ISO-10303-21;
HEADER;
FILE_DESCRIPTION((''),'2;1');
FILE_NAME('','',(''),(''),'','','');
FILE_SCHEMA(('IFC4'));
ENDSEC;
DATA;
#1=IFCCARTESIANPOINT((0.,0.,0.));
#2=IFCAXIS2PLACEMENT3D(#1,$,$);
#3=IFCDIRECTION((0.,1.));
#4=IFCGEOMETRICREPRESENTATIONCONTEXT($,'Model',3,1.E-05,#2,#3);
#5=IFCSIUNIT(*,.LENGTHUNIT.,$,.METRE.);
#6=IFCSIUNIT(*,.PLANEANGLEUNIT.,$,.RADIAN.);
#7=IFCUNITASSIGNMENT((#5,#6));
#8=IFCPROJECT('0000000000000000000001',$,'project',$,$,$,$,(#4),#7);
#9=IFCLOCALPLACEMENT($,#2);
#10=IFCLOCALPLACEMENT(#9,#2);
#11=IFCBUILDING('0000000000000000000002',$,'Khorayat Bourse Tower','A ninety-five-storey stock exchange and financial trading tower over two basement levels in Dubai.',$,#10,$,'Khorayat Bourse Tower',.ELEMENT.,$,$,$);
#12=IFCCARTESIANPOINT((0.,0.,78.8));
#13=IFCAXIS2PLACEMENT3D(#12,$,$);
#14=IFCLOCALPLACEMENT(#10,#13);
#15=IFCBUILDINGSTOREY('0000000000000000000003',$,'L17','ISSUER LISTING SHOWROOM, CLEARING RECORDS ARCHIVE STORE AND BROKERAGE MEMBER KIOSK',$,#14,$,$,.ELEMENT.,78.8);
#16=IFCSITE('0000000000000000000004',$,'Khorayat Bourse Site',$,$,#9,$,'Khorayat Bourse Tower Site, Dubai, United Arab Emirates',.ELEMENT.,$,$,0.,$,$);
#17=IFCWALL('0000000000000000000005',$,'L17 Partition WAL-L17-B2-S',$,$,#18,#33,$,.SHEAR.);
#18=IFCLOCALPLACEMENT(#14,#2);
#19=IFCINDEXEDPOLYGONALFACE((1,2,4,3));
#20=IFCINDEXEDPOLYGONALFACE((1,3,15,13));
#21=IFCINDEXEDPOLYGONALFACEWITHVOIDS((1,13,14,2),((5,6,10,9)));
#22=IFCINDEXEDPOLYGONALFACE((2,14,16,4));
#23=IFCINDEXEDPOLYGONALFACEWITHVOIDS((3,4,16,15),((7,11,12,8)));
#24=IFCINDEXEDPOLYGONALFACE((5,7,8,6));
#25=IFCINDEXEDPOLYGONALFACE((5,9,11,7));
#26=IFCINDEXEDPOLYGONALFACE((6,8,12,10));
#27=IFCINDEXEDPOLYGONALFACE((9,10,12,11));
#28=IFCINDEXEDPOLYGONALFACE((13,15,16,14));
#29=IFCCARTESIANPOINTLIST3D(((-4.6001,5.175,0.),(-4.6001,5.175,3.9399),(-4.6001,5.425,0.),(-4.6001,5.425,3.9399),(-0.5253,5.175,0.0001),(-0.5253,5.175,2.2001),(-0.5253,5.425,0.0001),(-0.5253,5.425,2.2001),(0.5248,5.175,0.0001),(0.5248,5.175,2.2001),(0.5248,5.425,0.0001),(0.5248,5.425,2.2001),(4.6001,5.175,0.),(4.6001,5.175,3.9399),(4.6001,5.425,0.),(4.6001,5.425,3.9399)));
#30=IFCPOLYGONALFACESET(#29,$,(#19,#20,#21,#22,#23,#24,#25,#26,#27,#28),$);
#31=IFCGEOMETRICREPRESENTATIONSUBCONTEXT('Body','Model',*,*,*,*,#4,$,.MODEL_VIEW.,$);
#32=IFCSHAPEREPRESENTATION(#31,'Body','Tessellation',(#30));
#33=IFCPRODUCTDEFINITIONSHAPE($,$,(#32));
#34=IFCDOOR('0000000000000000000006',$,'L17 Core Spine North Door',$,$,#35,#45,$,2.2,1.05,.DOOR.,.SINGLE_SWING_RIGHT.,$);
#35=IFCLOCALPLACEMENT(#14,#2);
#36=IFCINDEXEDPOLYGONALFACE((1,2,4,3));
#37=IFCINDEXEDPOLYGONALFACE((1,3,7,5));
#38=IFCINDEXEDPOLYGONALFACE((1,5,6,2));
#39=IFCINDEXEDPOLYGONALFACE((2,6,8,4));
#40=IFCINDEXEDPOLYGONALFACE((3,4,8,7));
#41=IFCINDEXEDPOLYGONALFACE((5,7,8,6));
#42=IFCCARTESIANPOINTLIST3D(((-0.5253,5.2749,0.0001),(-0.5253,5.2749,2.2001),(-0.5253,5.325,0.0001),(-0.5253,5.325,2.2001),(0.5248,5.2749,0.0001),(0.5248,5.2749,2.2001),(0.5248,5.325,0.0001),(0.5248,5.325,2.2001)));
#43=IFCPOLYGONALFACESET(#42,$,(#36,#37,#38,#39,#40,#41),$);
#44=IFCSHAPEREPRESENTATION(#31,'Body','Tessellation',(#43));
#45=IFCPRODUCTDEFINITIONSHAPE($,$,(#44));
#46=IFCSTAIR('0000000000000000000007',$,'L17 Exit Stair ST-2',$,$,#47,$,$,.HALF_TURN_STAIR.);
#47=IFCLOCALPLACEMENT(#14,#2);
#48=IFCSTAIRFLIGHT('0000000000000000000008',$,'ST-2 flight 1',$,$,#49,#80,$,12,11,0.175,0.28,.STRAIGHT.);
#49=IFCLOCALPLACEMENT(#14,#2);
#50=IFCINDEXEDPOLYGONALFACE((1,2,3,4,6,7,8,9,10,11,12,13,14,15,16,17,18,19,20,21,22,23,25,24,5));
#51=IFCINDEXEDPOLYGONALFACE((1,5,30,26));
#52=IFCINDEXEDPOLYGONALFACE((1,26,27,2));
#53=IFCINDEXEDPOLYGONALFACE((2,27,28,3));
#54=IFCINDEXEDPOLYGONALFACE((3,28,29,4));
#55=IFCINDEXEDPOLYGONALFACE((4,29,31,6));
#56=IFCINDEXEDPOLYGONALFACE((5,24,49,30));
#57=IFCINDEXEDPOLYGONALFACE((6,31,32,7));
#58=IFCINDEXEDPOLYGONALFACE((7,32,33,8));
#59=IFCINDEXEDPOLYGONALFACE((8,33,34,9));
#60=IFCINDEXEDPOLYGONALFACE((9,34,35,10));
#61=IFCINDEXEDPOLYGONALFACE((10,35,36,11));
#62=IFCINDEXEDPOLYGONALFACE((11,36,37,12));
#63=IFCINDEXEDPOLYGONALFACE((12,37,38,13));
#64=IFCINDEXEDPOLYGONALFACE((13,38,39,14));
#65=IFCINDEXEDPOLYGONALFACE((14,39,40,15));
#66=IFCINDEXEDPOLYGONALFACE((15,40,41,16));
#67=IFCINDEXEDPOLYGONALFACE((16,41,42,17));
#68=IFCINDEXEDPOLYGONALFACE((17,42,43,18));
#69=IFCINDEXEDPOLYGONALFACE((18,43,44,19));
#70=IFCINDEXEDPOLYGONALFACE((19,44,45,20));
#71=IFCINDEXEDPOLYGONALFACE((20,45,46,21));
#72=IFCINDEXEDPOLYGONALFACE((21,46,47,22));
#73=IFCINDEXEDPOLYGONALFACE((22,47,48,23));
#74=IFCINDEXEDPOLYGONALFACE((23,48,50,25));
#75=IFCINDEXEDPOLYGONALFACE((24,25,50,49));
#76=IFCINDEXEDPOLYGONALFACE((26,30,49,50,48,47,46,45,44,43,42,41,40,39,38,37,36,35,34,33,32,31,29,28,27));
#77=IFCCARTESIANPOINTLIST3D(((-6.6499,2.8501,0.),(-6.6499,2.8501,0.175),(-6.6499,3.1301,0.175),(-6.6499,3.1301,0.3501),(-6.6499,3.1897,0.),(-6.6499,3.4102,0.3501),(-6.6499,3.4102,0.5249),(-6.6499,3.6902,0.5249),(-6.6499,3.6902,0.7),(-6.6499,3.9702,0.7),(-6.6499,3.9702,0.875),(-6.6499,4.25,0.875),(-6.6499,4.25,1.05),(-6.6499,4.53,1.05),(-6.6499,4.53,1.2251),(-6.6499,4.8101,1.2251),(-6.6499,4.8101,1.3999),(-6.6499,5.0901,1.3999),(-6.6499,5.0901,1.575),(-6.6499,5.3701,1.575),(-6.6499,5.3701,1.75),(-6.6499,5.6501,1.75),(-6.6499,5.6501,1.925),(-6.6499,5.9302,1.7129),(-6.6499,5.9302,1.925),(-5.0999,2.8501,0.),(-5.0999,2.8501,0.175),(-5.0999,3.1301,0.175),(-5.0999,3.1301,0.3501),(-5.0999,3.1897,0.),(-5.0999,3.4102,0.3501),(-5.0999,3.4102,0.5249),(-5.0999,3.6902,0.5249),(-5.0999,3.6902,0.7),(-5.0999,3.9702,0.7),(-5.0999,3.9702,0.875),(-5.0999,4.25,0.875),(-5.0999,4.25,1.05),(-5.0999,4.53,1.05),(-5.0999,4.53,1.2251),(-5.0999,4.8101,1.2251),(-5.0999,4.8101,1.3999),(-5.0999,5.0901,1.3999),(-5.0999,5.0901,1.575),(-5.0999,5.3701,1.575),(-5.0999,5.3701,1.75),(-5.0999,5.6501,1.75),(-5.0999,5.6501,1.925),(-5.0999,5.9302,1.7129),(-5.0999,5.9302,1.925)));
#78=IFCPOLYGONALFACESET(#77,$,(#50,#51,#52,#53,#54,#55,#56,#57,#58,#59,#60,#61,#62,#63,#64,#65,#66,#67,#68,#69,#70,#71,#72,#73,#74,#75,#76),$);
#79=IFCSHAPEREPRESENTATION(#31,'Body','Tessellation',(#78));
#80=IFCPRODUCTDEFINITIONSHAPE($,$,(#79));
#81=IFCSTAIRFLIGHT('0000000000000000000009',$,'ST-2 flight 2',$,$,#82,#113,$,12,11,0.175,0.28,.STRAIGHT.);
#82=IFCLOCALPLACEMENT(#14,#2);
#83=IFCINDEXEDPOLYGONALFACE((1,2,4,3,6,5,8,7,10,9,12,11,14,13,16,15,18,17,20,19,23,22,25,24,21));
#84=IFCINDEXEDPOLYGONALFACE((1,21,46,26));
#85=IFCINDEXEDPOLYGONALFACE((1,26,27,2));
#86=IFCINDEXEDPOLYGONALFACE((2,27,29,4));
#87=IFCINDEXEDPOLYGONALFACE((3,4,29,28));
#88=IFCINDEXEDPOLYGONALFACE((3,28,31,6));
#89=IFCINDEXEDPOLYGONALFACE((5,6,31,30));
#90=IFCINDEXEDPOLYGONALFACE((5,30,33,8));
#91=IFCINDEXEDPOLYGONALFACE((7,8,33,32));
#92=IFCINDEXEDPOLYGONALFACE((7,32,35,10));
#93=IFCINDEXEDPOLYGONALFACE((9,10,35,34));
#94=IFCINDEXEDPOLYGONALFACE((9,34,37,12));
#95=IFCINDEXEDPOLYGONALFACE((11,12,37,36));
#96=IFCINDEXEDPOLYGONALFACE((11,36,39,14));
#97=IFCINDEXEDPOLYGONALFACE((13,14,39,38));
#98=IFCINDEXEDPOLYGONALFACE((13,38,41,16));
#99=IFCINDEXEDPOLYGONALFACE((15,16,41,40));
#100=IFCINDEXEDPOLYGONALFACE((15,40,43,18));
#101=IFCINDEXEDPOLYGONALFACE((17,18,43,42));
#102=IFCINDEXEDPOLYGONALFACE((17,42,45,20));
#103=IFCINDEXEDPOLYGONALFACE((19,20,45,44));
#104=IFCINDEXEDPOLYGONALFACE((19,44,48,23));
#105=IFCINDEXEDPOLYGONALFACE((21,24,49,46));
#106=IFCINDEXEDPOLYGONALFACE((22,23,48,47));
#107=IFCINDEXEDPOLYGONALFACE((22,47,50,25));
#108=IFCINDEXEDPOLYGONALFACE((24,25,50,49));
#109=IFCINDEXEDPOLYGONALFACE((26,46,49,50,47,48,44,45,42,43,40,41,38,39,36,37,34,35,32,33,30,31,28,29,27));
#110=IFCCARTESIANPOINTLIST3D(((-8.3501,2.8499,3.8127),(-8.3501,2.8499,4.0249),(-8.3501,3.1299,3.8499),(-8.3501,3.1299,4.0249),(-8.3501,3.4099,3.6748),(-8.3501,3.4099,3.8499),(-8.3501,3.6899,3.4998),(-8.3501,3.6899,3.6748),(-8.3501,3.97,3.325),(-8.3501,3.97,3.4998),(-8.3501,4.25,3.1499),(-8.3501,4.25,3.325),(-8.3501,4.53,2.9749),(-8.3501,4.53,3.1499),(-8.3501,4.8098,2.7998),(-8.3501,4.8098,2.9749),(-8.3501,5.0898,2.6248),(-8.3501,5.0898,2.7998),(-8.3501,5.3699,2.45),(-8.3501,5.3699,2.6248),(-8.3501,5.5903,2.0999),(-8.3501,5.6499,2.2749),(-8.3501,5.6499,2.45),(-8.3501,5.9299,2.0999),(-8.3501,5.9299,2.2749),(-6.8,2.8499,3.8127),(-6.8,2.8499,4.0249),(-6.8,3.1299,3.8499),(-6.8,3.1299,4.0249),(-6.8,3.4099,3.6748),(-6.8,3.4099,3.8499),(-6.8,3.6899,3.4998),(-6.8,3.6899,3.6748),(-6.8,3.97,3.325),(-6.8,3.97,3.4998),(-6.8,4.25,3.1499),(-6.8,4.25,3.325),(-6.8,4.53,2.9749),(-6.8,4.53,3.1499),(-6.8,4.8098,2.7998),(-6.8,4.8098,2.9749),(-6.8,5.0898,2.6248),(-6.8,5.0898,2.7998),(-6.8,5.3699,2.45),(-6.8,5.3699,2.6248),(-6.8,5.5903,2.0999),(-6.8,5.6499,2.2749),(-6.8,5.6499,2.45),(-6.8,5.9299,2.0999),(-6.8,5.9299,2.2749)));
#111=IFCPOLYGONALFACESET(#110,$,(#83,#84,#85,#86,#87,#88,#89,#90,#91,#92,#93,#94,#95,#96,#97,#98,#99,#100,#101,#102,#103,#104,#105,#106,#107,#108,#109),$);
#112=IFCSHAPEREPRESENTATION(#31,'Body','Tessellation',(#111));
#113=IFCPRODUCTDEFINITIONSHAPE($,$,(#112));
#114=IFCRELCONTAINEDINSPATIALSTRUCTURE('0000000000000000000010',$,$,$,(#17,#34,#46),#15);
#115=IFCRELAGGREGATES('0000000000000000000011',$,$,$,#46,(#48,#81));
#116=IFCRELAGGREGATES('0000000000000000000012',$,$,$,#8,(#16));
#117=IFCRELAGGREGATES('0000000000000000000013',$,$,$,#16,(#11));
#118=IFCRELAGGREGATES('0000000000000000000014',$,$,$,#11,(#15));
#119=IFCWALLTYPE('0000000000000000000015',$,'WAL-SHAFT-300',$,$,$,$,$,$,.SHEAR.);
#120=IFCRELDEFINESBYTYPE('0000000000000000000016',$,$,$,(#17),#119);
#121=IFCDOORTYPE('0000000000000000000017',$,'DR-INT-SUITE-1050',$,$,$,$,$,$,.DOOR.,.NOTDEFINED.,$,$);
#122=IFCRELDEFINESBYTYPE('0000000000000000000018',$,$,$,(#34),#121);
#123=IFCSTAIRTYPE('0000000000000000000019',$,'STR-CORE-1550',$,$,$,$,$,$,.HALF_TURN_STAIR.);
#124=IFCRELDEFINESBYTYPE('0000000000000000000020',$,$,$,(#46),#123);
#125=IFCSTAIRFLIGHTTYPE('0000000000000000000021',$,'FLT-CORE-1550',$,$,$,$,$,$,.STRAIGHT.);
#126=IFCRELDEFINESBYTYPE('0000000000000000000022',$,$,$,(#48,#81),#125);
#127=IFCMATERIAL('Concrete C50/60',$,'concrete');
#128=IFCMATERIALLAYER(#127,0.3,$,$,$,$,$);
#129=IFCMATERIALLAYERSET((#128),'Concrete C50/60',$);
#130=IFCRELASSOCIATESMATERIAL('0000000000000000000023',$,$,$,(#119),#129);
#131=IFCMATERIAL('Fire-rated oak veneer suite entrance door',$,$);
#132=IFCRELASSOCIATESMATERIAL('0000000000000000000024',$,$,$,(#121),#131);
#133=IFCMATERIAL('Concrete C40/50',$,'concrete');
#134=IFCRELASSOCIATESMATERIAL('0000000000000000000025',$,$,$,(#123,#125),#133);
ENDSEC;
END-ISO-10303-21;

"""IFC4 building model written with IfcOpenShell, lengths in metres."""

from ifc_helpers import new_model, si_unit, direction, frame, frame_2d, origin, place, context, subcontext, project, spatial, polyline, rectangle, outline, extrude, source, transform, mapped, material, layer, layer_set, type_object, element, fill, aggregate, save


model = new_model("IFC4")

# Units and contexts
model_context = context("Model", 3, precision=1e-05, world=origin(), true_north=direction((0.0, 1.0)))
body_context = subcontext(model_context, "Body", "Model", "MODEL_VIEW")
ifc_project = project(units=[si_unit("LENGTHUNIT", "METRE"), si_unit("PLANEANGLEUNIT", "RADIAN")], contexts=[model_context])

# Site, building, storey
site_placement = place(None, origin())
site = spatial("IfcSite", under=ifc_project, at=site_placement, Name="Khorayat Bourse Site", LongName="Khorayat Bourse Tower Site, Dubai, United Arab Emirates", CompositionType="ELEMENT", RefElevation=0.0)
building_placement = place(site_placement, origin())
building = spatial("IfcBuilding", under=site, at=building_placement, Name="Khorayat Bourse Tower", Description="A ninety-five-storey stock exchange and financial trading tower over two basement levels in Dubai.", LongName="Khorayat Bourse Tower", CompositionType="ELEMENT")
storey_placement = place(building_placement, frame((0.0, 0.0, 78.8)))
storey = spatial("IfcBuildingStorey", under=building, at=storey_placement, Name="L17", Description="ISSUER LISTING SHOWROOM, CLEARING RECORDS ARCHIVE STORE AND BROKERAGE MEMBER KIOSK", CompositionType="ELEMENT", Elevation=78.8)

# Shared definitions
ifc_material_1 = material(Name="Concrete C50/60", Category="concrete")
ifc_layer_1 = layer(ifc_material_1, 0.3)
ifc_layer_set_1 = layer_set([ifc_layer_1], Name="Concrete C50/60")
wall_type_1 = type_object("IfcWallType", Name="WAL-SHAFT-300", PredefinedType="SHEAR", material=ifc_layer_set_1)

# Wall, opening, door
shared_shape_1 = source(origin(), body_context, "Body", "SweptSolid", [
    extrude(rectangle(XDim=9.2002, YDim=0.25, at=frame_2d((4.6001, 0.0))), origin(), (0.0, 0.0, 1.0), 3.9399),
])
wall_1_placement = place(storey_placement, frame((-4.6001, 5.3, 0.0), z_axis=(0.0, 0.0, 1.0), x_axis=(1.0, 0.0, 0.0)))
wall_1 = element("IfcWall", 1, at=wall_1_placement, inside=storey, type_object=wall_type_1, Name="L17 Partition WAL-L17-B2-S", PredefinedType="SHEAR", context=body_context, shape_type="MappedRepresentation", body=[
    mapped(shared_shape_1, transform((0.0, 0.0, 0.0), scale=1.0)),
])
shared_shape_2 = source(origin(), body_context, "Body", "SweptSolid", [
    extrude(rectangle(XDim=1.05, YDim=2.2, at=frame_2d((0.5249, 1.1001))), frame((0.0, 0.135, 0.0), z_axis=(0.0, -1.0, 0.0), x_axis=(1.0, 0.0, 0.0)), (0.0, 0.0, 1.0), 0.27),
])
opening_placement = place(wall_1_placement, frame((4.075, 0.0, 0.0)))
opening = element("IfcOpeningElement", 2, at=opening_placement, cuts=wall_1, PredefinedType="OPENING", context=body_context, shape_type="MappedRepresentation", body=[
    mapped(shared_shape_2, transform((0.0, 0.0, 0.0), scale=1.0)),
])
ifc_material_2 = material(Name="Fire-rated oak veneer suite entrance door")
door_type = type_object("IfcDoorType", Name="DR-INT-SUITE-1050", OperationType="NOTDEFINED", PredefinedType="DOOR", material=ifc_material_2)
shared_shape_3 = source(origin(), body_context, "Body", "SweptSolid", [
    extrude(rectangle(XDim=1.05, YDim=2.2, at=frame_2d((0.5249, 1.1001))), frame((0.0, 0.0249, 0.0), z_axis=(0.0, -1.0, 0.0), x_axis=(1.0, 0.0, 0.0)), (0.0, 0.0, 1.0), 0.05),
])
door_placement = place(opening_placement, origin())
door = element("IfcDoor", 3, at=door_placement, inside=storey, type_object=door_type, Name="L17 Core Spine North Door", OperationType="SINGLE_SWING_RIGHT", OverallHeight=2.2, OverallWidth=1.05, PredefinedType="DOOR", context=body_context, shape_type="MappedRepresentation", body=[
    mapped(shared_shape_3, transform((0.0, 0.0, 0.0), scale=1.0)),
])
fill(opening, door)

# Stair, stair flights
ifc_material_3 = material(Name="Concrete C40/50", Category="concrete")
stair_type = type_object("IfcStairType", Name="STR-CORE-1550", PredefinedType="HALF_TURN_STAIR", material=ifc_material_3)
stair_placement = place(storey_placement, origin())
stair = element("IfcStair", 4, at=stair_placement, inside=storey, type_object=stair_type, Name="L17 Exit Stair ST-2", PredefinedType="HALF_TURN_STAIR")
stair_flight_type = type_object("IfcStairFlightType", Name="FLT-CORE-1550", PredefinedType="STRAIGHT", material=ifc_material_3)
shared_shape_4 = source(origin(), body_context, "Body", "SweptSolid", [
    extrude(outline(polyline([(0.0, 0.0), (0.0, 0.175), (0.28, 0.175), (0.28, 0.3501), (0.5601, 0.3501), (0.5601, 0.5249), (0.8401, 0.5249), (0.8401, 0.7), (1.1201, 0.7), (1.1201, 0.875), (1.3999, 0.875), (1.3999, 1.05), (1.6799, 1.05), (1.6799, 1.2251), (1.96, 1.2251), (1.96, 1.3999), (2.24, 1.3999), (2.24, 1.575), (2.52, 1.575), (2.52, 1.75), (2.8, 1.75), (2.8, 1.925), (3.0801, 1.925), (3.0801, 2.1001), (3.0801, 1.7129), (0.3396, 0.0), (0.0, 0.0)])), frame((0.0, 0.7749, 0.0), z_axis=(0.0, -1.0, 0.0), x_axis=(1.0, 0.0, 0.0)), (0.0, 0.0, 1.0), 1.55),
])
stair_flight_1_placement = place(storey_placement, frame((-5.875, 2.8501, 0.0), z_axis=(0.0, 0.0, 1.0), x_axis=(0.0, 1.0, 0.0)))
stair_flight_1 = element("IfcStairFlight", 5, at=stair_flight_1_placement, type_object=stair_flight_type, Name="ST-2 flight 1", NumberOfRisers=12, NumberOfTreads=11, PredefinedType="STRAIGHT", RiserHeight=0.175, TreadLength=0.28, context=body_context, shape_type="MappedRepresentation", body=[
    mapped(shared_shape_4, transform((0.0, 0.0, 0.0), scale=1.0)),
])
stair_flight_2_placement = place(storey_placement, frame((-7.575, 5.9299, 2.0999), z_axis=(0.0, 0.0, 1.0), x_axis=(0.0, -1.0, 0.0)))
stair_flight_2 = element("IfcStairFlight", 6, at=stair_flight_2_placement, type_object=stair_flight_type, Name="ST-2 flight 2", NumberOfRisers=12, NumberOfTreads=11, PredefinedType="STRAIGHT", RiserHeight=0.175, TreadLength=0.28, context=body_context, shape_type="MappedRepresentation", body=[
    mapped(shared_shape_4, transform((0.0, 0.0, 0.0), scale=1.0)),
])
aggregate(stair, [stair_flight_1, stair_flight_2])

save(model, "model.ifc")
